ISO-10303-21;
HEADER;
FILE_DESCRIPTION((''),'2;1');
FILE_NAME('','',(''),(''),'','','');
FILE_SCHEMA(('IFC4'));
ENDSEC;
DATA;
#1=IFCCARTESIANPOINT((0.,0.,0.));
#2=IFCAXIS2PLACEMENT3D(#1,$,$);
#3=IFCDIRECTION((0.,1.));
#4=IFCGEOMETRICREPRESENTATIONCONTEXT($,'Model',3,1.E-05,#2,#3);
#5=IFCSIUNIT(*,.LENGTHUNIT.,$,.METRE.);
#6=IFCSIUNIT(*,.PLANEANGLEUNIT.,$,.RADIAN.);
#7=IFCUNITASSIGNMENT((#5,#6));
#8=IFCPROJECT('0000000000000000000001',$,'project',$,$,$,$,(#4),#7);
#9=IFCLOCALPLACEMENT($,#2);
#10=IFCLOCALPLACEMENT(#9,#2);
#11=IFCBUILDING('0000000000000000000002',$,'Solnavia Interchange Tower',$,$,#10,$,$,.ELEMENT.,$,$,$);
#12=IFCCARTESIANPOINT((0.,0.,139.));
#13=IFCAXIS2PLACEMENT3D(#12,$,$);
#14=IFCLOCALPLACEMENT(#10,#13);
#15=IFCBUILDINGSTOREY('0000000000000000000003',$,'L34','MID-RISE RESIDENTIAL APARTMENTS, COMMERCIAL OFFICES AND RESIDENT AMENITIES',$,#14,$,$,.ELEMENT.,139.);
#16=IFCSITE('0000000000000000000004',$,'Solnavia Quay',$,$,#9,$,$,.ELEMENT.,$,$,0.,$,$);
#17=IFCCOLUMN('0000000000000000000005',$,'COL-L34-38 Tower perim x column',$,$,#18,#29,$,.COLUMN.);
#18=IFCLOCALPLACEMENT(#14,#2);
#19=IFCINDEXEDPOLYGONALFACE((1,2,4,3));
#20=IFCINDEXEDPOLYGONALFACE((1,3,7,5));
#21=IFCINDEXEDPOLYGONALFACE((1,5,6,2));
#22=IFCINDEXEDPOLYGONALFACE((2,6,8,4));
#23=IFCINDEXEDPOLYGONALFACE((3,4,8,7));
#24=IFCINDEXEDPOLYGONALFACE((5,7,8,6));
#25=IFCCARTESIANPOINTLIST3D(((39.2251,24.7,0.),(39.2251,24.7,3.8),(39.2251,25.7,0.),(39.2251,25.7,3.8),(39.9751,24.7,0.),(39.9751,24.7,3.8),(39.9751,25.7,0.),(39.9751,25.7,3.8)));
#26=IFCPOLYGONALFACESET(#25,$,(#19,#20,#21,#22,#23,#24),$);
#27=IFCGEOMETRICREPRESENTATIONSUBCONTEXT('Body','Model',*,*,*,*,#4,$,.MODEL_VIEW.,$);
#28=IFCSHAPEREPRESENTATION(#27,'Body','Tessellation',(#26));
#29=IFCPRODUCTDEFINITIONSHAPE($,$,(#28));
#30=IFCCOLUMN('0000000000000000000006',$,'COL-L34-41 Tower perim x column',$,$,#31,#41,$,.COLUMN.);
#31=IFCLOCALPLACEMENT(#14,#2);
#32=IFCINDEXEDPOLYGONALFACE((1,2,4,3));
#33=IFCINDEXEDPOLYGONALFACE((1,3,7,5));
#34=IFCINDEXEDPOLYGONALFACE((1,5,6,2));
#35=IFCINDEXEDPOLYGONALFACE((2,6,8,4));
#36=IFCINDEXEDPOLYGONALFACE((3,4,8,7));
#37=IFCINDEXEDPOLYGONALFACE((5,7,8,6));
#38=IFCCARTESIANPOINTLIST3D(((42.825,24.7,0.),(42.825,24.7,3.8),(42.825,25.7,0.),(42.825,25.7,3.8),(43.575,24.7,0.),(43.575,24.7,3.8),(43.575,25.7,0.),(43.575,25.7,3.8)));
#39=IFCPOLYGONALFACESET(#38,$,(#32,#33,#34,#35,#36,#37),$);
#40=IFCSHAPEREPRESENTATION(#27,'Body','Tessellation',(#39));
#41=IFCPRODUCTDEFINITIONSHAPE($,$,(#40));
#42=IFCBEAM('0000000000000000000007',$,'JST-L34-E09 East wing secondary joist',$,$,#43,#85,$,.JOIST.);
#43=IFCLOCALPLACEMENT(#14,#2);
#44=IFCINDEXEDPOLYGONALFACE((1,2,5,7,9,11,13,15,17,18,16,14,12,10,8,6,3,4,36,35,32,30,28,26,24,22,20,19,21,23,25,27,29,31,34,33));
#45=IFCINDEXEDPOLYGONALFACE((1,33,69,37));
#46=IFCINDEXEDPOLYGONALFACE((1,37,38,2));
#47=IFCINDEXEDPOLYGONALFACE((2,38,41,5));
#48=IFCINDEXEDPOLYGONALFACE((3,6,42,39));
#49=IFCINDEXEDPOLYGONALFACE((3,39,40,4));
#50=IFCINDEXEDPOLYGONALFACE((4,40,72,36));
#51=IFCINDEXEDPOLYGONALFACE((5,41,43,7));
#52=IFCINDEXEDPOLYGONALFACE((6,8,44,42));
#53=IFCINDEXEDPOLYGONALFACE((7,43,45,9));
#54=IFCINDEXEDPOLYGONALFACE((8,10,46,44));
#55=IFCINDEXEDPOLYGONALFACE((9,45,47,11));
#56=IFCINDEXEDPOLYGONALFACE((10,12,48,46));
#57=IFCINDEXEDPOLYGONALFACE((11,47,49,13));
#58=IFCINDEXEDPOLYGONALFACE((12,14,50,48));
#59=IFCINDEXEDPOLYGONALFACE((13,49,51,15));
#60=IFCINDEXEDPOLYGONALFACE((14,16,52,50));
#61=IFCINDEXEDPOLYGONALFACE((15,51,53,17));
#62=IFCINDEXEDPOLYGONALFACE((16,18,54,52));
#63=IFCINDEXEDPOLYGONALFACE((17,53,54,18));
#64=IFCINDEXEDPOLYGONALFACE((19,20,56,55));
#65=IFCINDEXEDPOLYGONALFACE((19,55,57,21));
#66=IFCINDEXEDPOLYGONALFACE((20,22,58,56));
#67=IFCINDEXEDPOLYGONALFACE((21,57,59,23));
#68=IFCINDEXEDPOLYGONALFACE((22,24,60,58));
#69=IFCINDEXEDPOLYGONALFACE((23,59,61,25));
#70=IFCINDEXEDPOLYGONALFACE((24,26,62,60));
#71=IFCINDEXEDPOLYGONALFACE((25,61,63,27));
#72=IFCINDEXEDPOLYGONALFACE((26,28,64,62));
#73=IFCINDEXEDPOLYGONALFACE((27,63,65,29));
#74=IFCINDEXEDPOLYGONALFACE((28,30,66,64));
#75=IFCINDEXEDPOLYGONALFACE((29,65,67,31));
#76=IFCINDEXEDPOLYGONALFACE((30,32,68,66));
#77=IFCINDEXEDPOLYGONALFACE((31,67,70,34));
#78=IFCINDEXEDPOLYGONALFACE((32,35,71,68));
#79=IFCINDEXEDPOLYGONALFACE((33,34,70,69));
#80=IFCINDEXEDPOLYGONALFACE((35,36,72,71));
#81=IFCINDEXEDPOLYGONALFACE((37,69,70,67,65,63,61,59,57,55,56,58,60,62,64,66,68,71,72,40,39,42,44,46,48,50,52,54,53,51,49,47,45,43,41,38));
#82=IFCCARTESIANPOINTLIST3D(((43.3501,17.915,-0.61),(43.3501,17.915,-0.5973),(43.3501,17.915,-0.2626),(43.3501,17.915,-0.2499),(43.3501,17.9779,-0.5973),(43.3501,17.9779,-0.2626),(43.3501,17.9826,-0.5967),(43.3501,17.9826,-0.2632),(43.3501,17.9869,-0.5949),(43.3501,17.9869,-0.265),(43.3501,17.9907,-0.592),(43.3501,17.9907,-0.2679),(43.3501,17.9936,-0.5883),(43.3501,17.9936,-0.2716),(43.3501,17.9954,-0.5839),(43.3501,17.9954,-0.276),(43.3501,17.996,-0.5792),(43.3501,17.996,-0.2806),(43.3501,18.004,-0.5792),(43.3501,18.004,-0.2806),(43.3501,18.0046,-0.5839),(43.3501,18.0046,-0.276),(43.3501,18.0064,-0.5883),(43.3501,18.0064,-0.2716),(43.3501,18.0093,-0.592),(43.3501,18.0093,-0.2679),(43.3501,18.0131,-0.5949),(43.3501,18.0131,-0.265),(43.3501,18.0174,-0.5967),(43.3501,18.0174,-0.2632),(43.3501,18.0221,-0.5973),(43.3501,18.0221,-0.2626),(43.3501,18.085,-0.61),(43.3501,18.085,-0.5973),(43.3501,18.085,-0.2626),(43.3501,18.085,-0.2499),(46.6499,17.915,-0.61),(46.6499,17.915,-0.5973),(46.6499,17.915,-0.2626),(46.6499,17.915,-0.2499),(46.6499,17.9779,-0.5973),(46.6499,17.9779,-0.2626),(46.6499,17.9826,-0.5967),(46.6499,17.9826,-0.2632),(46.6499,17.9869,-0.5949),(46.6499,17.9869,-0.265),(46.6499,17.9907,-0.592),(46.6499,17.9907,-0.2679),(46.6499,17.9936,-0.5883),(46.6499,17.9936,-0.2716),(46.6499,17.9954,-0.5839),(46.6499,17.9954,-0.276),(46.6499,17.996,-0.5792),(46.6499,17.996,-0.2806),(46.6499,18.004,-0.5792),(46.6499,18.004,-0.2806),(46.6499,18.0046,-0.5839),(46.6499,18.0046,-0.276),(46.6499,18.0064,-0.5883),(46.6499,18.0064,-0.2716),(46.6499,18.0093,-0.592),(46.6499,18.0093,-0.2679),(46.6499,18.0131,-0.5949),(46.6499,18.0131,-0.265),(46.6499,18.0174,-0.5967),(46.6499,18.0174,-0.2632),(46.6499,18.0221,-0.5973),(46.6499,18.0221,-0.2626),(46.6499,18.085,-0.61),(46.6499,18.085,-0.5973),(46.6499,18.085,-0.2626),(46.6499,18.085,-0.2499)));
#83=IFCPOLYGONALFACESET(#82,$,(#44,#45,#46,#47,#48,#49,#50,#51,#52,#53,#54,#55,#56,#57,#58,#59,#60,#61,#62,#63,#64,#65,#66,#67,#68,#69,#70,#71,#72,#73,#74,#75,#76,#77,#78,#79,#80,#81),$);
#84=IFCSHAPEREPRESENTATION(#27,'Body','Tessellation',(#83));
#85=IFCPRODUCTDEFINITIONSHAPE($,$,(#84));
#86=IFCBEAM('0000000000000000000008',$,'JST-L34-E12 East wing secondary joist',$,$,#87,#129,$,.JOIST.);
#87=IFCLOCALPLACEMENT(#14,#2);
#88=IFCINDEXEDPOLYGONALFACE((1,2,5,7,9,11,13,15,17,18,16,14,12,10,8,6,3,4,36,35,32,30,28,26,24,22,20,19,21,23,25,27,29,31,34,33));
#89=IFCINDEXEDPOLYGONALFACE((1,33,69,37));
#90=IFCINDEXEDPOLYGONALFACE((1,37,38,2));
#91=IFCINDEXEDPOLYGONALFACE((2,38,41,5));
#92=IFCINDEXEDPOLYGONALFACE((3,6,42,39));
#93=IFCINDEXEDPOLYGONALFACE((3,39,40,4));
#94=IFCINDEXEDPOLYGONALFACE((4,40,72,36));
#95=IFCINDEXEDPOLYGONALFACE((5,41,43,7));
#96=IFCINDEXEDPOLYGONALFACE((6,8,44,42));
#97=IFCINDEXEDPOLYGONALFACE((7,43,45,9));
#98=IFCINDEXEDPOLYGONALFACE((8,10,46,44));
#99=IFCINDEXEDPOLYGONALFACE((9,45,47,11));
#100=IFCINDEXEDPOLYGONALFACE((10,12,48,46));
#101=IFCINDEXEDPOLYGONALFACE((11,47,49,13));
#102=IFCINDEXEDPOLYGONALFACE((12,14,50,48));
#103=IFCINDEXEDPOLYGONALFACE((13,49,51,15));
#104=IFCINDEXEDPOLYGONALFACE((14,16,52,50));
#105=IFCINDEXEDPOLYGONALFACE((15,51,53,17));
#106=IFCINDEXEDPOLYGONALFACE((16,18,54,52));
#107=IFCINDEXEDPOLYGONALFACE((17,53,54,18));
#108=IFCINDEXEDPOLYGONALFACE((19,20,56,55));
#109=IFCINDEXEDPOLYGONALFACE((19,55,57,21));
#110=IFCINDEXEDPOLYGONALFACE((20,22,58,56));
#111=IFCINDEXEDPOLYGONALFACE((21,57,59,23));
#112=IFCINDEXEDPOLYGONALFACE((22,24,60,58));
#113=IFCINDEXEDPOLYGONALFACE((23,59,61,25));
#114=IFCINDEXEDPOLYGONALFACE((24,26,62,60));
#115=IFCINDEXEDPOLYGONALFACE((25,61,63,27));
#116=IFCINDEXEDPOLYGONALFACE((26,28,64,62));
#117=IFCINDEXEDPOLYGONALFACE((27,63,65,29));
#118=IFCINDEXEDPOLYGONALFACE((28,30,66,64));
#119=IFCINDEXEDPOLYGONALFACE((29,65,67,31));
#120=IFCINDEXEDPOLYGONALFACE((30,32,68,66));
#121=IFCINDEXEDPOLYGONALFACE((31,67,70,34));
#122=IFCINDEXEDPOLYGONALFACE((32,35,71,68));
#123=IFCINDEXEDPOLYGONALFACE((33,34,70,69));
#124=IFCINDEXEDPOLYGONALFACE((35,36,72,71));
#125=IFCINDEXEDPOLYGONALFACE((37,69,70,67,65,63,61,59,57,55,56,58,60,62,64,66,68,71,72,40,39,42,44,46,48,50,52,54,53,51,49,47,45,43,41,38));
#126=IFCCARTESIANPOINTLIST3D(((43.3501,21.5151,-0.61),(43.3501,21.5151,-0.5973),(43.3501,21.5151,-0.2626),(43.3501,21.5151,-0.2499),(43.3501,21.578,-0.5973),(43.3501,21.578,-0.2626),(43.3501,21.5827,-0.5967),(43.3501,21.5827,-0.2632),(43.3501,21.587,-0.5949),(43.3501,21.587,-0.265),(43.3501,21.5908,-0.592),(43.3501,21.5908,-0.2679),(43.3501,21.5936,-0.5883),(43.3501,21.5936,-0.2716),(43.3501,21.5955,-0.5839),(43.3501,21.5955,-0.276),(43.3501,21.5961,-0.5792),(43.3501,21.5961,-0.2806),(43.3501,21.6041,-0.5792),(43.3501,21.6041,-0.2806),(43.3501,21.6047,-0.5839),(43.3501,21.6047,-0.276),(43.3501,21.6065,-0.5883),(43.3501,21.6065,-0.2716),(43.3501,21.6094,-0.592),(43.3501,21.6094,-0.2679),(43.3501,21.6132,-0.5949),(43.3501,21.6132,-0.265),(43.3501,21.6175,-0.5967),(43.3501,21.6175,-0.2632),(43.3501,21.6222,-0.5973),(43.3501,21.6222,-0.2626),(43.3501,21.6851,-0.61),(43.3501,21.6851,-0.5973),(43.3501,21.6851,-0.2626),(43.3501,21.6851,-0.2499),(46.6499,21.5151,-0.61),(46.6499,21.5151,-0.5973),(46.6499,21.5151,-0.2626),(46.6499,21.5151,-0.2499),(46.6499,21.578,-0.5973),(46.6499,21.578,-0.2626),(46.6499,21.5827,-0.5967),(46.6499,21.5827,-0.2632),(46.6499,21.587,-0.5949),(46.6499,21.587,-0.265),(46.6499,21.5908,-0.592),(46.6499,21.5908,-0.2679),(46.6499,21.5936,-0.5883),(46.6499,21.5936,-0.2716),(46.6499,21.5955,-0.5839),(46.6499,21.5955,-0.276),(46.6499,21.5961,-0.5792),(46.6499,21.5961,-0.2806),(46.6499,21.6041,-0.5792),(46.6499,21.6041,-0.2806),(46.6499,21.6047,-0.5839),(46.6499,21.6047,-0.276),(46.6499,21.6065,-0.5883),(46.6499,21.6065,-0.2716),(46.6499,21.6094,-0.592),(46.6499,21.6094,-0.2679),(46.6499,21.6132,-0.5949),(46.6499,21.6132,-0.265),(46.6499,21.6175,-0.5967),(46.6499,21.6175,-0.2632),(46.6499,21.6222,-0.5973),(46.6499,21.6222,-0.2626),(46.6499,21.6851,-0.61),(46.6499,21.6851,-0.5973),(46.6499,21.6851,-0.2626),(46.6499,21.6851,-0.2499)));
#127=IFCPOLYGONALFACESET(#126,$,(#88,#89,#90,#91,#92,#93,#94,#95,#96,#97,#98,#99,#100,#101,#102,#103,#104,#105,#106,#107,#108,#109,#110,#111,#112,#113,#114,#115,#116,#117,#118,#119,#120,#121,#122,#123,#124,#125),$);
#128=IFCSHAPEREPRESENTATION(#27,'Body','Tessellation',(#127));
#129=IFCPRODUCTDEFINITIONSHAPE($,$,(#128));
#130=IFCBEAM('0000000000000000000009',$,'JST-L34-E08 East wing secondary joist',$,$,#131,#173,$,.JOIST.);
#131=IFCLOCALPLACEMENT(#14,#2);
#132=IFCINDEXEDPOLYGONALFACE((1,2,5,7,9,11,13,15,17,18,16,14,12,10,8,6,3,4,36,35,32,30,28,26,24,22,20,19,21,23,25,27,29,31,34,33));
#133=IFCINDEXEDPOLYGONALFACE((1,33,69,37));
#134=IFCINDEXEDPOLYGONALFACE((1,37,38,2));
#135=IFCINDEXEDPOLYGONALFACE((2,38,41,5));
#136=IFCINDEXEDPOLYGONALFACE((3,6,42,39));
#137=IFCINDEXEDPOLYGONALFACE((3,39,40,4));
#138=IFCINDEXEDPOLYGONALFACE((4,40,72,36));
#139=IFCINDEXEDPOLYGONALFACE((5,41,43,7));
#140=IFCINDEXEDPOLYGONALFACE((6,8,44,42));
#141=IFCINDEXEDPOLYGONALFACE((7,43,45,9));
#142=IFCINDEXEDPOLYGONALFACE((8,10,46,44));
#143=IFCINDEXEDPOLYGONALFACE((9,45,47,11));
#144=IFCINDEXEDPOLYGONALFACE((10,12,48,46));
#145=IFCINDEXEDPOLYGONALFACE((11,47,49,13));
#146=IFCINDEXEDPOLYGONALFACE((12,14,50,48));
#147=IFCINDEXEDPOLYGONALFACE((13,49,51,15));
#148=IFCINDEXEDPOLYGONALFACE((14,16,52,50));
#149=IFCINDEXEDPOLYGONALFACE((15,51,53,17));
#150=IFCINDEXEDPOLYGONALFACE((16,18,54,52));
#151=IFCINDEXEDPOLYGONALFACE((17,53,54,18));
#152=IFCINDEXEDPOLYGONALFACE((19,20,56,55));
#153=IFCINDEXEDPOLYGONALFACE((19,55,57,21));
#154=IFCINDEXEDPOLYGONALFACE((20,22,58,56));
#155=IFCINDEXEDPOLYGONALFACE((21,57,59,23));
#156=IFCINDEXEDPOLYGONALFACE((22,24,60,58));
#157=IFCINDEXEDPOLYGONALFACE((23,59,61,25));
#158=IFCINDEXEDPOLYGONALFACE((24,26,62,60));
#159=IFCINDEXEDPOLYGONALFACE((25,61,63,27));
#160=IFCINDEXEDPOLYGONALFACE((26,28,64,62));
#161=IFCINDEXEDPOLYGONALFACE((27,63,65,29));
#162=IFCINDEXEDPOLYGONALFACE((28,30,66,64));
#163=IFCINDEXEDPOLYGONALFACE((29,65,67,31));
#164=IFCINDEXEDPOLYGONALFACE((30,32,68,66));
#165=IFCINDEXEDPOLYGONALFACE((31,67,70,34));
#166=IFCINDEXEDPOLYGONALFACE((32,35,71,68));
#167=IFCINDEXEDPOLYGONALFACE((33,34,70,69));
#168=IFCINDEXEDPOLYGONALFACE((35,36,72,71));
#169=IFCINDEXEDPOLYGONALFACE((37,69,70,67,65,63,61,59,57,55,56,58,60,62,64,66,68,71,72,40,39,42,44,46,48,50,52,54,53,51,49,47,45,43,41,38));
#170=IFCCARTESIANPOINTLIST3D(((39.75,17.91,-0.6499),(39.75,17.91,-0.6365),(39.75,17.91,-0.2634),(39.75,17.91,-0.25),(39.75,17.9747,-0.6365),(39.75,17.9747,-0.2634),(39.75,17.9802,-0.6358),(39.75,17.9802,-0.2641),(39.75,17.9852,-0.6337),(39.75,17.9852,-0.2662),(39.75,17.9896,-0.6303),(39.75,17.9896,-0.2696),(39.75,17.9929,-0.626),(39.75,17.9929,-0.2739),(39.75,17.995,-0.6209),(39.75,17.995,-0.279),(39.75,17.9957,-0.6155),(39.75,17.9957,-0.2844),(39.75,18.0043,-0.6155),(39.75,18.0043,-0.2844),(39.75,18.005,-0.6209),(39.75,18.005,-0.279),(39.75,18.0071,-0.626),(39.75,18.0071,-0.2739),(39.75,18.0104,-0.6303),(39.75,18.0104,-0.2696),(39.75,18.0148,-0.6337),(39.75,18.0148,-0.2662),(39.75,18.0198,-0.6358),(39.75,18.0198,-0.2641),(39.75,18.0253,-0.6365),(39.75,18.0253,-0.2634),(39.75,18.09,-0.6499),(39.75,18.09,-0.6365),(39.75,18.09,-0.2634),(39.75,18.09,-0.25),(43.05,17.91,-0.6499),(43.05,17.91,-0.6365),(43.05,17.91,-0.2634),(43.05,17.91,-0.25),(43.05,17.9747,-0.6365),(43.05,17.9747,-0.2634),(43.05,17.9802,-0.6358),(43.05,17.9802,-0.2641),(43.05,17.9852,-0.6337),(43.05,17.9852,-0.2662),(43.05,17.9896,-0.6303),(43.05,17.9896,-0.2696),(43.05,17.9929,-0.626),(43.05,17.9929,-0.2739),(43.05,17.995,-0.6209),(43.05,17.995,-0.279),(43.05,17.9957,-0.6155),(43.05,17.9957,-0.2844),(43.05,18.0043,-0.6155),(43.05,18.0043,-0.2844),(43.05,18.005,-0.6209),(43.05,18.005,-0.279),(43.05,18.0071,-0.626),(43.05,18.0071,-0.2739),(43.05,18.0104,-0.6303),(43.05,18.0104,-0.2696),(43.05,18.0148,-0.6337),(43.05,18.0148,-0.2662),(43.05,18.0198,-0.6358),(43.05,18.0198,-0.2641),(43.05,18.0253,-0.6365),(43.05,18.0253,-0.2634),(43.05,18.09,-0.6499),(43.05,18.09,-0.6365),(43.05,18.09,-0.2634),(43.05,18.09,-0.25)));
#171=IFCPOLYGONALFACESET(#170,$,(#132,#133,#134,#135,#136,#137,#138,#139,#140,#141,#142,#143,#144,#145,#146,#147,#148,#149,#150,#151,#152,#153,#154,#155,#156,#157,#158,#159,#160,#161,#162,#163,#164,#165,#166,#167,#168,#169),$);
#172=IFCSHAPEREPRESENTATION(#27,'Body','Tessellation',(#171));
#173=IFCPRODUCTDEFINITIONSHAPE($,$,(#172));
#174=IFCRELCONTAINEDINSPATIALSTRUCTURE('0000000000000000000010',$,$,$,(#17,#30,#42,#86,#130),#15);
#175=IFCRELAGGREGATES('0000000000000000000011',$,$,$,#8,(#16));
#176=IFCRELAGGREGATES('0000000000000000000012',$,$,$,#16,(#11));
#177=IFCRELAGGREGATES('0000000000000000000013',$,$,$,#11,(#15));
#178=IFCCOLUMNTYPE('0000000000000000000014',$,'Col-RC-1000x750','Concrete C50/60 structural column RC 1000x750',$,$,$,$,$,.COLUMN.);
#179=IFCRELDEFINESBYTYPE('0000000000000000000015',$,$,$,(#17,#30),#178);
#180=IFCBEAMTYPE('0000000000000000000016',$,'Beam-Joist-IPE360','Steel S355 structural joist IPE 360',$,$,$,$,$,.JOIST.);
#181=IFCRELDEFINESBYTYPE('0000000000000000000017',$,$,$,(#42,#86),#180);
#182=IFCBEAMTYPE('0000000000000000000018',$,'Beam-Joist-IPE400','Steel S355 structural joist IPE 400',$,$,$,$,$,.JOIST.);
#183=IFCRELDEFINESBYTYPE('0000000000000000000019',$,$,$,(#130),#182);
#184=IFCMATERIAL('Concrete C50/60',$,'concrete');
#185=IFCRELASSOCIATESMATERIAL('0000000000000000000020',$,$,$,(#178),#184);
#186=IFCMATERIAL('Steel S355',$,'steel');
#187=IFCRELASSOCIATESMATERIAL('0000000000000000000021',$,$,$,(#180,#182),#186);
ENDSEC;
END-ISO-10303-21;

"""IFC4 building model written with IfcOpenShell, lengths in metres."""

from ifc_helpers import new_model, si_unit, direction, frame, origin, origin_2d, place, context, subcontext, project, spatial, rectangle, i_section, extrude, material, material_profile, profile_set, type_object, element, save


model = new_model("IFC4")

# Units and contexts
model_context = context("Model", 3, precision=1e-05, world=origin(), true_north=direction((0.0, 1.0)))
body_context = subcontext(model_context, "Body", "Model", "MODEL_VIEW")
ifc_project = project(units=[si_unit("LENGTHUNIT", "METRE"), si_unit("PLANEANGLEUNIT", "RADIAN")], contexts=[model_context])

# Site, building, storey
site_placement = place(None, origin())
site = spatial("IfcSite", under=ifc_project, at=site_placement, Name="Solnavia Quay", CompositionType="ELEMENT", RefElevation=0.0)
building_placement = place(site_placement, origin())
building = spatial("IfcBuilding", under=site, at=building_placement, Name="Solnavia Interchange Tower", CompositionType="ELEMENT")
storey_placement = place(building_placement, frame((0.0, 0.0, 139.0)))
storey = spatial("IfcBuildingStorey", under=building, at=storey_placement, Name="L34", Description="MID-RISE RESIDENTIAL APARTMENTS, COMMERCIAL OFFICES AND RESIDENT AMENITIES", CompositionType="ELEMENT", Elevation=139.0)

# Columns
ifc_material_1 = material(Name="Concrete C50/60", Category="concrete")
ifc_material_profile_1 = material_profile(ifc_material_1, rectangle(XDim=0.75, YDim=1.0, at=origin_2d()), Name="RC 1000x750")
ifc_profile_set_1 = profile_set([ifc_material_profile_1], Name="Concrete C50/60")
column_type = type_object("IfcColumnType", Name="Col-RC-1000x750", Description="Concrete C50/60 structural column RC 1000x750", PredefinedType="COLUMN", material=ifc_profile_set_1)
for number, where, z_axis, x_axis, name in (
    (1, (39.6001, 25.2, 0.0), (0.0, 0.0, 1.0), (1.0, 0.0, 0.0), "COL-L34-38 Tower perim x column"),
    (2, (43.2, 25.2, 0.0), (0.0, 0.0, 1.0), (1.0, 0.0, 0.0), "COL-L34-41 Tower perim x column"),
):
    element("IfcColumn", number, at=place(storey_placement, frame(where, z_axis=z_axis, x_axis=x_axis)), inside=storey, type_object=column_type, Name=name, PredefinedType="COLUMN", context=body_context, shape_type="SweptSolid", body=[
        extrude(rectangle(XDim=0.75, YDim=1.0, at=origin_2d()), origin(), (0.0, 0.0, 1.0), 3.8),
    ])

# Beams
ifc_material_2 = material(Name="Steel S355", Category="steel")
ifc_material_profile_2 = material_profile(ifc_material_2, i_section(OverallWidth=0.1699, OverallDepth=0.3601, WebThickness=0.0081, FlangeThickness=0.0127, FilletRadius=0.0181, at=origin_2d()), Name="IPE 360")
ifc_profile_set_2 = profile_set([ifc_material_profile_2], Name="Steel S355")
beam_type_1 = type_object("IfcBeamType", Name="Beam-Joist-IPE360", Description="Steel S355 structural joist IPE 360", PredefinedType="JOIST", material=ifc_profile_set_2)
for number, where, z_axis, x_axis, name in (
    (3, (43.3501, 18.0, -0.4299), (1.0, 0.0, 0.0), (0.0, 1.0, 0.0), "JST-L34-E09 East wing secondary joist"),
    (4, (43.3501, 21.6001, -0.4299), (1.0, 0.0, 0.0), (0.0, 1.0, 0.0), "JST-L34-E12 East wing secondary joist"),
):
    element("IfcBeam", number, at=place(storey_placement, frame(where, z_axis=z_axis, x_axis=x_axis)), inside=storey, type_object=beam_type_1, Name=name, PredefinedType="JOIST", context=body_context, shape_type="SweptSolid", body=[
        extrude(i_section(OverallWidth=0.1699, OverallDepth=0.3601, WebThickness=0.0081, FlangeThickness=0.0127, FilletRadius=0.0181, at=origin_2d()), origin(), (0.0, 0.0, 1.0), 3.2998),
    ])
ifc_material_profile_3 = material_profile(ifc_material_2, i_section(OverallWidth=0.1799, OverallDepth=0.3999, WebThickness=0.0085, FlangeThickness=0.0134, FilletRadius=0.021, at=origin_2d()), Name="IPE 400")
ifc_profile_set_3 = profile_set([ifc_material_profile_3], Name="Steel S355")
beam_type_2 = type_object("IfcBeamType", Name="Beam-Joist-IPE400", Description="Steel S355 structural joist IPE 400", PredefinedType="JOIST", material=ifc_profile_set_3)
for number, where, z_axis, x_axis, name in (
    (5, (39.75, 18.0, -0.45), (1.0, 0.0, 0.0), (0.0, 1.0, 0.0), "JST-L34-E08 East wing secondary joist"),
):
    element("IfcBeam", number, at=place(storey_placement, frame(where, z_axis=z_axis, x_axis=x_axis)), inside=storey, type_object=beam_type_2, Name=name, PredefinedType="JOIST", context=body_context, shape_type="SweptSolid", body=[
        extrude(i_section(OverallWidth=0.1799, OverallDepth=0.3999, WebThickness=0.0085, FlangeThickness=0.0134, FilletRadius=0.021, at=origin_2d()), origin(), (0.0, 0.0, 1.0), 3.3),
    ])

save(model, "model.ifc")
